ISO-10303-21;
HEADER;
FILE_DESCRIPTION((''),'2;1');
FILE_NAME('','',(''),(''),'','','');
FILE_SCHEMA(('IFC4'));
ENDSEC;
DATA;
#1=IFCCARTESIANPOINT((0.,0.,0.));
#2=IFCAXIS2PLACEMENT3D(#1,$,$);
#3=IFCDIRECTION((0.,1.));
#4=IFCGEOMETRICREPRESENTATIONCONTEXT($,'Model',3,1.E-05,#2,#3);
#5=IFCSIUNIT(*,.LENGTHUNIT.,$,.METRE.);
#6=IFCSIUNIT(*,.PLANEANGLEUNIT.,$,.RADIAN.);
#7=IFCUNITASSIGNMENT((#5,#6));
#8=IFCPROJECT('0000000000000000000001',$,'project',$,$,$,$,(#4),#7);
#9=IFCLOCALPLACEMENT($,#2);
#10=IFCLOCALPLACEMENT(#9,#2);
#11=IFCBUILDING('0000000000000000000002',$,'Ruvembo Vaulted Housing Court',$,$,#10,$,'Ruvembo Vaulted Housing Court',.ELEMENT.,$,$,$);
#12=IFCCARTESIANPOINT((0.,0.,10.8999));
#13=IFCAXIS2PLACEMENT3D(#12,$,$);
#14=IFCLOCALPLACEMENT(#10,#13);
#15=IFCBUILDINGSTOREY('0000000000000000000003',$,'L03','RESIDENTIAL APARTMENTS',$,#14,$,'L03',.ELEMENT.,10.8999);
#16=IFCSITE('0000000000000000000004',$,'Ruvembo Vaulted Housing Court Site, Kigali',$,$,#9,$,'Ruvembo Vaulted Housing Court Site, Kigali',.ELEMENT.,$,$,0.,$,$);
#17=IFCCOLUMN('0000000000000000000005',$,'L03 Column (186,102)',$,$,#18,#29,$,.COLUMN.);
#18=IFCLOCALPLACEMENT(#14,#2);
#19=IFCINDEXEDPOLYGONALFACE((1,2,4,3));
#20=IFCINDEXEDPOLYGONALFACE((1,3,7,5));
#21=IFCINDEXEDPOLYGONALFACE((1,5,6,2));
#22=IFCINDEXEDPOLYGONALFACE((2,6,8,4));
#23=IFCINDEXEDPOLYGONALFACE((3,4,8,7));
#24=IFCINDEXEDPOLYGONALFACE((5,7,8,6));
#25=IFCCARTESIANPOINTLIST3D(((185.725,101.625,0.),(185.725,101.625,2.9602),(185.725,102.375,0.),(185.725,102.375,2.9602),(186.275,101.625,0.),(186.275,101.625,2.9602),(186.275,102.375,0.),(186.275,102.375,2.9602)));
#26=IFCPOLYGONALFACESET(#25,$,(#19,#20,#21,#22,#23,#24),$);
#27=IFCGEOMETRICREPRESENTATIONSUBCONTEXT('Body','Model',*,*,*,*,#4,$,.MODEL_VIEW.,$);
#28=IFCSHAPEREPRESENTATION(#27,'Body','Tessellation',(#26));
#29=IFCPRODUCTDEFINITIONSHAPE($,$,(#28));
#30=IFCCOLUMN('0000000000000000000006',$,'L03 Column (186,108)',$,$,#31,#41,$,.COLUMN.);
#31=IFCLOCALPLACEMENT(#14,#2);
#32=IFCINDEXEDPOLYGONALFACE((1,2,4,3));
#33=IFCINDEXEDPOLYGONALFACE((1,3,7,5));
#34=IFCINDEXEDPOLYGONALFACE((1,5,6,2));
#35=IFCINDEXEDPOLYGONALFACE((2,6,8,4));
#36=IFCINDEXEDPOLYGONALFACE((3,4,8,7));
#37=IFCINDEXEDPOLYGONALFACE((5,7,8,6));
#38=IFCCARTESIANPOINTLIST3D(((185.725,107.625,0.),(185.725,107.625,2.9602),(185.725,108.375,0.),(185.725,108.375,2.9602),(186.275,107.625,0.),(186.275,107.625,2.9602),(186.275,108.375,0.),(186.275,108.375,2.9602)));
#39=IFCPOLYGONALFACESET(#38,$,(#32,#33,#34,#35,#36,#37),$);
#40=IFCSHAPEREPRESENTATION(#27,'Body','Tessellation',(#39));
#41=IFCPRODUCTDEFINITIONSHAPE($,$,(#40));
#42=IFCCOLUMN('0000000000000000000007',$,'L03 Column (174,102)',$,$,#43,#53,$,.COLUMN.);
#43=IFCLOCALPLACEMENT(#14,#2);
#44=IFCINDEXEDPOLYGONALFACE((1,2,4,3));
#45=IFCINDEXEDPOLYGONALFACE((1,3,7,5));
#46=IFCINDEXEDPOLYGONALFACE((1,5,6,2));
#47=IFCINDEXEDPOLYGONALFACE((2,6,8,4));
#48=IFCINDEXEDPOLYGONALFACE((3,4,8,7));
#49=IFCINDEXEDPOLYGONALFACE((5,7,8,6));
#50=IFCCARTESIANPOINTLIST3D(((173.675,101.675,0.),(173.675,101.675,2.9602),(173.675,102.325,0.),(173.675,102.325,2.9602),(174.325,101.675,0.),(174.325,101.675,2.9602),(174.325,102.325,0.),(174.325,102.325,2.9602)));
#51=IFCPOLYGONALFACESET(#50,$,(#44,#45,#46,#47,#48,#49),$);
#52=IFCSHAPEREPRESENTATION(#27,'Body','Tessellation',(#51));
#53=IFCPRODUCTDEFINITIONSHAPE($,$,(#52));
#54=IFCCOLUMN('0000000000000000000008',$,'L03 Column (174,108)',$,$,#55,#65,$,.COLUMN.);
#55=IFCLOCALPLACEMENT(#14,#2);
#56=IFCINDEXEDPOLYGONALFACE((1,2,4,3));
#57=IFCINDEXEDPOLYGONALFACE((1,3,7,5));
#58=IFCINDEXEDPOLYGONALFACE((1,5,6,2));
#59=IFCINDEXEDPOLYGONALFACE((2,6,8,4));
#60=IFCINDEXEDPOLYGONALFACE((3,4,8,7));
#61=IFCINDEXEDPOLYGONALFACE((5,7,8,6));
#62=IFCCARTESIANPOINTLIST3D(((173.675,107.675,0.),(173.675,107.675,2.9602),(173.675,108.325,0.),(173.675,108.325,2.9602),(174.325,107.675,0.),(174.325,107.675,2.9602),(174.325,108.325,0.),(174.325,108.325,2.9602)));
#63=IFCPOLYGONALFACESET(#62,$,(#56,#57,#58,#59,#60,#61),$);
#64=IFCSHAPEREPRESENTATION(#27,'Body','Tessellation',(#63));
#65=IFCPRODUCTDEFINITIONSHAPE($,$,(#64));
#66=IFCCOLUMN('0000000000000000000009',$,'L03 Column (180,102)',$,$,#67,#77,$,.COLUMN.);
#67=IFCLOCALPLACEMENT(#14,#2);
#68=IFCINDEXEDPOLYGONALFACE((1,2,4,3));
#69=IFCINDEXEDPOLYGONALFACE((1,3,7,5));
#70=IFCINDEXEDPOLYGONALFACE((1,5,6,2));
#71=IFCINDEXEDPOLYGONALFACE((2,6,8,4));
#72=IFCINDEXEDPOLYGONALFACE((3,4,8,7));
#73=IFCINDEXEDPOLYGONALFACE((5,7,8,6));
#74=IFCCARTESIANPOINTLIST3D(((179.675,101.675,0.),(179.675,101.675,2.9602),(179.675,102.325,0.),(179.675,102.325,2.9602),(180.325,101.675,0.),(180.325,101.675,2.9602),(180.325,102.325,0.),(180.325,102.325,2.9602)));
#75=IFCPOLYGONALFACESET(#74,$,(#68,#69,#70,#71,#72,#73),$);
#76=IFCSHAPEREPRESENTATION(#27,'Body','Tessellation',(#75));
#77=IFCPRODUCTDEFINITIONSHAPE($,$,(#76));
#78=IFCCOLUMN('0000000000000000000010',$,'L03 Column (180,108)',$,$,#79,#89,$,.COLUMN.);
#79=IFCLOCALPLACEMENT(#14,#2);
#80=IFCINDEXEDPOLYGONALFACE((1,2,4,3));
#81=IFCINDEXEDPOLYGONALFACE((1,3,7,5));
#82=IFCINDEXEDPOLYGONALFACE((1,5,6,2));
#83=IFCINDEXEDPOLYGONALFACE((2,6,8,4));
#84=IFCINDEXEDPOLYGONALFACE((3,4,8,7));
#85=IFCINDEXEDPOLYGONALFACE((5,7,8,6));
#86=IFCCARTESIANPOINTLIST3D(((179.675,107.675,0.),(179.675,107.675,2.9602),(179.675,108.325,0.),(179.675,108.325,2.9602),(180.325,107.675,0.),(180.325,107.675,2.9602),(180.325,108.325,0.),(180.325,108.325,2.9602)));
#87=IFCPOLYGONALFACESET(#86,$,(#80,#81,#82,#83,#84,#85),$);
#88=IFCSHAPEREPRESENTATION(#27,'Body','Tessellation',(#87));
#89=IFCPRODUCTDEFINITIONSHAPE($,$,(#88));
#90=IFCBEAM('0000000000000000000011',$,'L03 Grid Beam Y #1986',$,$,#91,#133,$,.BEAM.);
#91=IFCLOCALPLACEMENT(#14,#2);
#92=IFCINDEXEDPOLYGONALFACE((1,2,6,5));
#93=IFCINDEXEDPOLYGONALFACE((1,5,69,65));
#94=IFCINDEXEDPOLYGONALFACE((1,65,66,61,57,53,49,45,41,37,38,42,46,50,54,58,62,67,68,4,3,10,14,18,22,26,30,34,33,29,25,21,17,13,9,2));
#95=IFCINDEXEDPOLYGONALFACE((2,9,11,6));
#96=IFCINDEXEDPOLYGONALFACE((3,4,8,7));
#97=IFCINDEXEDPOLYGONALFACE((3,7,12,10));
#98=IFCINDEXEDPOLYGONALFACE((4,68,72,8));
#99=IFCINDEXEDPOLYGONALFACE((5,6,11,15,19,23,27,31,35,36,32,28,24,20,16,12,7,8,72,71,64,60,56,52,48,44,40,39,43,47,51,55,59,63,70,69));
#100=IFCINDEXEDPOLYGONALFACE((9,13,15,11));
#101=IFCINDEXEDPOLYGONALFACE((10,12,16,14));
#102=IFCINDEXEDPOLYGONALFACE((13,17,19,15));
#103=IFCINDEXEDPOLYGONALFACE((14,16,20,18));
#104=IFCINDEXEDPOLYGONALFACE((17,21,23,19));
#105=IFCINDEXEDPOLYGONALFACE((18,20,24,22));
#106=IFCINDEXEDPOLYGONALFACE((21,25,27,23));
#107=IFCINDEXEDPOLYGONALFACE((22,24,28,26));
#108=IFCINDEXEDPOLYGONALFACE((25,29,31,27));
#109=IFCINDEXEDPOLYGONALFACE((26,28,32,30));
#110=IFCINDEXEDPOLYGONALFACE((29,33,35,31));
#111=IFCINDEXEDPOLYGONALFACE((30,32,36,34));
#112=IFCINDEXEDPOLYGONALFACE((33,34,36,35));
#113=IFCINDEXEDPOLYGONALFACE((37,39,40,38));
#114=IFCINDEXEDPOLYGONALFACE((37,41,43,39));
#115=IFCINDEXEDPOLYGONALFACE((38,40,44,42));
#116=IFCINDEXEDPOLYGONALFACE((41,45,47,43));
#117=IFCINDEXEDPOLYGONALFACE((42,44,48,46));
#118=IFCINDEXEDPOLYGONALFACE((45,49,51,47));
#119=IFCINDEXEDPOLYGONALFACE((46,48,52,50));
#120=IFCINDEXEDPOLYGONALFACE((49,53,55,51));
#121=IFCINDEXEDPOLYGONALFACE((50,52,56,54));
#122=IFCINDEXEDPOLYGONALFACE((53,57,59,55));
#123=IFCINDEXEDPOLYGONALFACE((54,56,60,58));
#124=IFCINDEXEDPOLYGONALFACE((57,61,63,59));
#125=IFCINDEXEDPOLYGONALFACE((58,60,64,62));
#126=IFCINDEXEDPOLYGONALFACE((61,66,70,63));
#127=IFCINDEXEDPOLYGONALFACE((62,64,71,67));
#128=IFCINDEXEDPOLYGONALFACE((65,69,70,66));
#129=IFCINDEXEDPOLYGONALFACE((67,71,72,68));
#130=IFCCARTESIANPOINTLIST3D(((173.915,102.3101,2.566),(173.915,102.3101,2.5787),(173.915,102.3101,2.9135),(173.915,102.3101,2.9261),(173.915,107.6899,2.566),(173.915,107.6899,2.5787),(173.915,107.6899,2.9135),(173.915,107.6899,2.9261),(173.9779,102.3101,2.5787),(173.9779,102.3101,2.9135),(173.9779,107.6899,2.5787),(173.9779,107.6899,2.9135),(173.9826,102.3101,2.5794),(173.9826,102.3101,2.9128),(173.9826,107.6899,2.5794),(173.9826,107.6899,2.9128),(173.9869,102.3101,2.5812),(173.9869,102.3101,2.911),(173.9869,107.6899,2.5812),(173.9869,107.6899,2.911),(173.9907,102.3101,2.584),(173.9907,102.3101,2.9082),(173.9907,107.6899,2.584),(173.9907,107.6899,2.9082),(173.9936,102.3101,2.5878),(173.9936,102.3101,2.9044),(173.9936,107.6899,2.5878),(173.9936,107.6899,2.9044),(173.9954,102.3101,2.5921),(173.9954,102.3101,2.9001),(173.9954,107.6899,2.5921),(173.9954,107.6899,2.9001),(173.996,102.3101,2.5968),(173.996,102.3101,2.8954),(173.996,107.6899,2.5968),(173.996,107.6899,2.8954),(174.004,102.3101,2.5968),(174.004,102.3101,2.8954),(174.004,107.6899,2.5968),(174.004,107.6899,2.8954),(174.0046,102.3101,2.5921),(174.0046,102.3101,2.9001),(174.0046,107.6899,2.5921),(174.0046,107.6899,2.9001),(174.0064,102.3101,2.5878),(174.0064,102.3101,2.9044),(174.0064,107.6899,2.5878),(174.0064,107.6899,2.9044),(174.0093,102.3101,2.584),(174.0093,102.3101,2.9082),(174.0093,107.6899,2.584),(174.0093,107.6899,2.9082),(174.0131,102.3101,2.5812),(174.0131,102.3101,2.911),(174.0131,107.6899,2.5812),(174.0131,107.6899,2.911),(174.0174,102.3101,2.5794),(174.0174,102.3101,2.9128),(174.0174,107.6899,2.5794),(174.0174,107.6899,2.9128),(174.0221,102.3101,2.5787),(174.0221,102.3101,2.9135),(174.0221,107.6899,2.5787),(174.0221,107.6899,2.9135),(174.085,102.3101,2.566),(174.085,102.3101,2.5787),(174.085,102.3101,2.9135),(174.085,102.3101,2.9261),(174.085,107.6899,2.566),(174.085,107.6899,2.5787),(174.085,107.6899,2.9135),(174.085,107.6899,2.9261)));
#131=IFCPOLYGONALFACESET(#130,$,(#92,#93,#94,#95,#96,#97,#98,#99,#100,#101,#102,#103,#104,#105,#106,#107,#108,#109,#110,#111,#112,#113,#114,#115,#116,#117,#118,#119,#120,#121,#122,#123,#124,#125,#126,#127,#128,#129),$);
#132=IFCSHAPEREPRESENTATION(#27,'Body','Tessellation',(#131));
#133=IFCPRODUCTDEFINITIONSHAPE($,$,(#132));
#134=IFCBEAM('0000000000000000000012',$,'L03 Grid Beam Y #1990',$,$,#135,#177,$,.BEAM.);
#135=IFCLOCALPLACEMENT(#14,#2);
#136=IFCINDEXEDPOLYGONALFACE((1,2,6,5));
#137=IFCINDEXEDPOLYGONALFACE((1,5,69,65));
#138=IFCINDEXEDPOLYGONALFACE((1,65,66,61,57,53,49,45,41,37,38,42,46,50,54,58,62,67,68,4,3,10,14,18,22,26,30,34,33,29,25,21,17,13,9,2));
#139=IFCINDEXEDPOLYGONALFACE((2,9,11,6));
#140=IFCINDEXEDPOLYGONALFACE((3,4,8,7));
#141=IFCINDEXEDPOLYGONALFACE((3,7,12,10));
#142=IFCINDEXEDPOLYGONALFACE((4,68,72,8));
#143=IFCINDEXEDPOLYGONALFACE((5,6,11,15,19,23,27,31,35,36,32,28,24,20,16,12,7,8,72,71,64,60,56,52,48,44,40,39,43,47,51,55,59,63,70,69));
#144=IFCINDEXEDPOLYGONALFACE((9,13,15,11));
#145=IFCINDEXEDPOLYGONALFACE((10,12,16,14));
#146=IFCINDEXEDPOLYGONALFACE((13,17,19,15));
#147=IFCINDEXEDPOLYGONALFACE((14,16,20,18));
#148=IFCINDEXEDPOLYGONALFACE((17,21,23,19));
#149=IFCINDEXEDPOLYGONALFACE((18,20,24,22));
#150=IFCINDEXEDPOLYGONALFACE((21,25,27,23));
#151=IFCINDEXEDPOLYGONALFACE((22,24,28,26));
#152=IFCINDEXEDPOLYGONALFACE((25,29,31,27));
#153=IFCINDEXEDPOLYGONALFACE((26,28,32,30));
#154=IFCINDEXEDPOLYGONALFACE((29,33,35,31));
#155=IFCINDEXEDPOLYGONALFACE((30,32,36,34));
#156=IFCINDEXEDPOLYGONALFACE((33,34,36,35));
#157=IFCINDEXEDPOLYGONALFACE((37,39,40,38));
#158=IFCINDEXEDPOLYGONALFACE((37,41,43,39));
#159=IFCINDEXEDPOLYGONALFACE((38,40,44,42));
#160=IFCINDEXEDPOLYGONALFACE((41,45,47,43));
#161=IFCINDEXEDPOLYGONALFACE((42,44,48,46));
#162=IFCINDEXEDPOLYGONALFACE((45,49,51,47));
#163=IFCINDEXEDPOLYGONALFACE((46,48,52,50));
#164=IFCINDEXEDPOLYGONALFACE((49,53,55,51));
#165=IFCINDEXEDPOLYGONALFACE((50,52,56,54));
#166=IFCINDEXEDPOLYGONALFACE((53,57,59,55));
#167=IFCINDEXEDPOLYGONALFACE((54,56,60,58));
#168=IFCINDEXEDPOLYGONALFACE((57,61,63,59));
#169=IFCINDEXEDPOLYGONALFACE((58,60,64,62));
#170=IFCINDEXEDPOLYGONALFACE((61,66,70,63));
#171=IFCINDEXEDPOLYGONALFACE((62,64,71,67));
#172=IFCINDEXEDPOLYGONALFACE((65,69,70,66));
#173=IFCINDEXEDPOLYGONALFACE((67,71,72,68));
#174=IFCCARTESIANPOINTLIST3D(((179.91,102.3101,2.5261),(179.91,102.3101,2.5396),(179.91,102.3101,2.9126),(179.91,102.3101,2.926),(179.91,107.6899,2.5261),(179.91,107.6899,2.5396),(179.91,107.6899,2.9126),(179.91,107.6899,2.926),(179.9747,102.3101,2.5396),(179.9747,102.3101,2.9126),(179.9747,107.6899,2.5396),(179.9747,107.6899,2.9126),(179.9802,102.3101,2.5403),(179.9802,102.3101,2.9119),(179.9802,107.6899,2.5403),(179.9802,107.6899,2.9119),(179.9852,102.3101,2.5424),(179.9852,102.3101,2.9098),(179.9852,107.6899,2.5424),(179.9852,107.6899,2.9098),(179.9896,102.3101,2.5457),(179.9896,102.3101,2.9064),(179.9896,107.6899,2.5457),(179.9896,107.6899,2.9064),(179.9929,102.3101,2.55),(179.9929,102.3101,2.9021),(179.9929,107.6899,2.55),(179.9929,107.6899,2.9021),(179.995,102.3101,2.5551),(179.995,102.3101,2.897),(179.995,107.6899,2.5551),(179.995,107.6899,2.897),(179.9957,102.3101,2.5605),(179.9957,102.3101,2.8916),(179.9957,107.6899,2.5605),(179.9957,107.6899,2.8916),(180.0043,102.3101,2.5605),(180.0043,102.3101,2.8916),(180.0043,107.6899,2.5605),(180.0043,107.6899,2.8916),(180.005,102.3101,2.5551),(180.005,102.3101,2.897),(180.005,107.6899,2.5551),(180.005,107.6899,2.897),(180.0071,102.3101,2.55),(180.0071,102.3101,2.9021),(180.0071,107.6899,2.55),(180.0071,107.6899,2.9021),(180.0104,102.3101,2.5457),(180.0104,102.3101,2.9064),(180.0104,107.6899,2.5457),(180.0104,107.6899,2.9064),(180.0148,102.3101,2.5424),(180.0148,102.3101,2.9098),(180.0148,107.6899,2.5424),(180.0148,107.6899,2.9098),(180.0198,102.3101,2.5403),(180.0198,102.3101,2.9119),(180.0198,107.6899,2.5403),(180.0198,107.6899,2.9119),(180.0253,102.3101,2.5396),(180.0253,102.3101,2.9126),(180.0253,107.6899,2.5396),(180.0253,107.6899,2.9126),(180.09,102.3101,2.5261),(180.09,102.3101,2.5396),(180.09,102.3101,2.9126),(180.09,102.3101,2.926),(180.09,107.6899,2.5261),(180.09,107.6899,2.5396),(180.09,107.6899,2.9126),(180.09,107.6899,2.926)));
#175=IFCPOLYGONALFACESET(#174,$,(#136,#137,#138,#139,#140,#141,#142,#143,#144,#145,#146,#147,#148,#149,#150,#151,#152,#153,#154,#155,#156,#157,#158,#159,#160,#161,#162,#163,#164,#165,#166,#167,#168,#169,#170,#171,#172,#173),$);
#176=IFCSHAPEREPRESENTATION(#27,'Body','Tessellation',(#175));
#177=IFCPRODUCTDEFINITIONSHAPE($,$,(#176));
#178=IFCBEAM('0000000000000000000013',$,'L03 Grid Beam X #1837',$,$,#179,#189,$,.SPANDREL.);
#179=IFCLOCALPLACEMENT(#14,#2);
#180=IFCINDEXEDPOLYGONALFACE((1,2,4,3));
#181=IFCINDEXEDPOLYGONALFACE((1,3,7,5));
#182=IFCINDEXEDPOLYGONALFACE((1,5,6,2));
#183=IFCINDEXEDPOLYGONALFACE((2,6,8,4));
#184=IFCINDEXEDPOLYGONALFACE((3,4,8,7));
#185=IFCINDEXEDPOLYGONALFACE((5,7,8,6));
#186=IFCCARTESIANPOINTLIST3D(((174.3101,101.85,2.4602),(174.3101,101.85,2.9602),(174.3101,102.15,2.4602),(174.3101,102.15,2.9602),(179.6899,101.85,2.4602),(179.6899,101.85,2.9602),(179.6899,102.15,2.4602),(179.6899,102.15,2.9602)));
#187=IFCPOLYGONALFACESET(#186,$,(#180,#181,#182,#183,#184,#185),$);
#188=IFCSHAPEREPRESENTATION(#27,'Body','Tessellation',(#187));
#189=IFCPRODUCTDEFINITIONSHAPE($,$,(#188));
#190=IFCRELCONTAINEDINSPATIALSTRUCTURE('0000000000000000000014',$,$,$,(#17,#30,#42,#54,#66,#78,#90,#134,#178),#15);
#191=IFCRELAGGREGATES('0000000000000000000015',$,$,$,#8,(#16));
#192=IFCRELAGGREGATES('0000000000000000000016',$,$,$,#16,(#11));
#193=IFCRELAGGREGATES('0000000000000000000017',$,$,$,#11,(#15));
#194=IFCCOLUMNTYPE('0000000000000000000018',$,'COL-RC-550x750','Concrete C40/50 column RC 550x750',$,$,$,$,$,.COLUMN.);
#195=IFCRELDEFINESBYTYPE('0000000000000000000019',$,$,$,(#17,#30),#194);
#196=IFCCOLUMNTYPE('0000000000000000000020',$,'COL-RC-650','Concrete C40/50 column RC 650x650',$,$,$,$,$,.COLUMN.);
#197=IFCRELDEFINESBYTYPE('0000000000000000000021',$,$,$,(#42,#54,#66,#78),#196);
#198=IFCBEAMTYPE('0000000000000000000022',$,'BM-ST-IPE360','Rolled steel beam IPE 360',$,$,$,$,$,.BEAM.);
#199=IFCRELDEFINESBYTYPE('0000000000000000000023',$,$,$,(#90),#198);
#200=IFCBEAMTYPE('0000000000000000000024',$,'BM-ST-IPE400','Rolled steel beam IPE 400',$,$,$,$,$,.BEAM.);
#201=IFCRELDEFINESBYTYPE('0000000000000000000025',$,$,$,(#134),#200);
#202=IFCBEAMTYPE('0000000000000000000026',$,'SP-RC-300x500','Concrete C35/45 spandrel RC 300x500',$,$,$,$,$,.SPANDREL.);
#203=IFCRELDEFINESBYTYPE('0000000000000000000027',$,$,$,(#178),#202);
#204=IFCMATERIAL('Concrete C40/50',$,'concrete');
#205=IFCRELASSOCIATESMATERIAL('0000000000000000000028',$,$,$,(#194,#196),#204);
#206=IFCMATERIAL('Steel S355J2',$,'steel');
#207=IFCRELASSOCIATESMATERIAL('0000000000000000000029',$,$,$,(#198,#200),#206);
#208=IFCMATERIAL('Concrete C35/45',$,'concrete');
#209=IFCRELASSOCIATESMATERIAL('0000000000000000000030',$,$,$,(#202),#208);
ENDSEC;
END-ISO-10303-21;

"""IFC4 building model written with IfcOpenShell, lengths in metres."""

from ifc_helpers import new_model, si_unit, direction, frame, origin, origin_2d, place, context, subcontext, project, spatial, rectangle, i_section, extrude, material, material_profile, profile_set, type_object, element, save


model = new_model("IFC4")

# Units and contexts
model_context = context("Model", 3, precision=1e-05, world=origin(), true_north=direction((0.0, 1.0)))
body_context = subcontext(model_context, "Body", "Model", "MODEL_VIEW")
ifc_project = project(units=[si_unit("LENGTHUNIT", "METRE"), si_unit("PLANEANGLEUNIT", "RADIAN")], contexts=[model_context])

# Site, building, storey
site_placement = place(None, origin())
site = spatial("IfcSite", under=ifc_project, at=site_placement, Name="Ruvembo Vaulted Housing Court Site, Kigali", LongName="Ruvembo Vaulted Housing Court Site, Kigali", CompositionType="ELEMENT", RefElevation=0.0)
building_placement = place(site_placement, origin())
building = spatial("IfcBuilding", under=site, at=building_placement, Name="Ruvembo Vaulted Housing Court", LongName="Ruvembo Vaulted Housing Court", CompositionType="ELEMENT")
storey_placement = place(building_placement, frame((0.0, 0.0, 10.8999)))
storey = spatial("IfcBuildingStorey", under=building, at=storey_placement, Name="L03", Description="RESIDENTIAL APARTMENTS", LongName="L03", CompositionType="ELEMENT", Elevation=10.8999)

# Columns
ifc_material_1 = material(Name="Concrete C40/50", Category="concrete")
ifc_material_profile_1 = material_profile(ifc_material_1, rectangle(XDim=0.55, YDim=0.75, at=origin_2d()), Name="RC 550x750")
ifc_profile_set_1 = profile_set([ifc_material_profile_1], Name="Concrete C40/50")
column_type_1 = type_object("IfcColumnType", Name="COL-RC-550x750", Description="Concrete C40/50 column RC 550x750", PredefinedType="COLUMN", material=ifc_profile_set_1)
for number, where, z_axis, x_axis, name in (
    (1, (186.0, 102.0, 0.0), (0.0, 0.0, 1.0), (1.0, 0.0, 0.0), "L03 Column (186,102)"),
    (2, (186.0, 108.0, 0.0), (0.0, 0.0, 1.0), (1.0, 0.0, 0.0), "L03 Column (186,108)"),
):
    element("IfcColumn", number, at=place(storey_placement, frame(where, z_axis=z_axis, x_axis=x_axis)), inside=storey, type_object=column_type_1, Name=name, PredefinedType="COLUMN", context=body_context, shape_type="SweptSolid", body=[
        extrude(rectangle(XDim=0.55, YDim=0.75, at=origin_2d()), origin(), (0.0, 0.0, 1.0), 2.9602),
    ])
ifc_material_profile_2 = material_profile(ifc_material_1, rectangle(XDim=0.6499, YDim=0.6499, at=origin_2d()), Name="RC 650x650")
ifc_profile_set_2 = profile_set([ifc_material_profile_2], Name="Concrete C40/50")
column_type_2 = type_object("IfcColumnType", Name="COL-RC-650", Description="Concrete C40/50 column RC 650x650", PredefinedType="COLUMN", material=ifc_profile_set_2)
for number, where, z_axis, x_axis, name in (
    (3, (174.0, 102.0, 0.0), (0.0, 0.0, 1.0), (1.0, 0.0, 0.0), "L03 Column (174,102)"),
    (4, (174.0, 108.0, 0.0), (0.0, 0.0, 1.0), (1.0, 0.0, 0.0), "L03 Column (174,108)"),
    (5, (180.0, 102.0, 0.0), (0.0, 0.0, 1.0), (1.0, 0.0, 0.0), "L03 Column (180,102)"),
    (6, (180.0, 108.0, 0.0), (0.0, 0.0, 1.0), (1.0, 0.0, 0.0), "L03 Column (180,108)"),
):
    element("IfcColumn", number, at=place(storey_placement, frame(where, z_axis=z_axis, x_axis=x_axis)), inside=storey, type_object=column_type_2, Name=name, PredefinedType="COLUMN", context=body_context, shape_type="SweptSolid", body=[
        extrude(rectangle(XDim=0.6499, YDim=0.6499, at=origin_2d()), origin(), (0.0, 0.0, 1.0), 2.9602),
    ])

# Beams
ifc_material_2 = material(Name="Steel S355J2", Category="steel")
ifc_material_profile_3 = material_profile(ifc_material_2, i_section(OverallWidth=0.1699, OverallDepth=0.3601, WebThickness=0.0081, FlangeThickness=0.0127, FilletRadius=0.0181, at=origin_2d()), Name="IPE 360")
ifc_profile_set_3 = profile_set([ifc_material_profile_3], Name="Steel S355J2")
beam_type_1 = type_object("IfcBeamType", Name="BM-ST-IPE360", Description="Rolled steel beam IPE 360", PredefinedType="BEAM", material=ifc_profile_set_3)
beam_1_placement = place(storey_placement, frame((174.0, 102.3101, 2.7461), z_axis=(0.0, 1.0, 0.0), x_axis=(-1.0, 0.0, 0.0)))
element("IfcBeam", 7, at=beam_1_placement, inside=storey, type_object=beam_type_1, Name="L03 Grid Beam Y #1986", PredefinedType="BEAM", context=body_context, shape_type="SweptSolid", body=[
    extrude(i_section(OverallWidth=0.1699, OverallDepth=0.3601, WebThickness=0.0081, FlangeThickness=0.0127, FilletRadius=0.0181, at=origin_2d()), origin(), (0.0, 0.0, 1.0), 5.3799),
])
ifc_material_profile_4 = material_profile(ifc_material_2, i_section(OverallWidth=0.1799, OverallDepth=0.3999, WebThickness=0.0085, FlangeThickness=0.0134, FilletRadius=0.021, at=origin_2d()), Name="IPE 400")
ifc_profile_set_4 = profile_set([ifc_material_profile_4], Name="Steel S355J2")
beam_type_2 = type_object("IfcBeamType", Name="BM-ST-IPE400", Description="Rolled steel beam IPE 400", PredefinedType="BEAM", material=ifc_profile_set_4)
beam_2_placement = place(storey_placement, frame((180.0, 102.3101, 2.7261), z_axis=(0.0, 1.0, 0.0), x_axis=(-1.0, 0.0, 0.0)))
element("IfcBeam", 8, at=beam_2_placement, inside=storey, type_object=beam_type_2, Name="L03 Grid Beam Y #1990", PredefinedType="BEAM", context=body_context, shape_type="SweptSolid", body=[
    extrude(i_section(OverallWidth=0.1799, OverallDepth=0.3999, WebThickness=0.0085, FlangeThickness=0.0134, FilletRadius=0.021, at=origin_2d()), origin(), (0.0, 0.0, 1.0), 5.3799),
])
ifc_material_3 = material(Name="Concrete C35/45", Category="concrete")
ifc_material_profile_5 = material_profile(ifc_material_3, rectangle(XDim=0.3, YDim=0.5, at=origin_2d()), Name="RC 300x500")
ifc_profile_set_5 = profile_set([ifc_material_profile_5], Name="Concrete C35/45")
beam_type_3 = type_object("IfcBeamType", Name="SP-RC-300x500", Description="Concrete C35/45 spandrel RC 300x500", PredefinedType="SPANDREL", material=ifc_profile_set_5)
beam_3_placement = place(storey_placement, frame((174.3101, 102.0, 2.7102), z_axis=(1.0, 0.0, 0.0), x_axis=(0.0, 1.0, 0.0)))
element("IfcBeam", 9, at=beam_3_placement, inside=storey, type_object=beam_type_3, Name="L03 Grid Beam X #1837", PredefinedType="SPANDREL", context=body_context, shape_type="SweptSolid", body=[
    extrude(rectangle(XDim=0.3, YDim=0.5, at=origin_2d()), origin(), (0.0, 0.0, 1.0), 5.3799),
])

save(model, "model.ifc")
